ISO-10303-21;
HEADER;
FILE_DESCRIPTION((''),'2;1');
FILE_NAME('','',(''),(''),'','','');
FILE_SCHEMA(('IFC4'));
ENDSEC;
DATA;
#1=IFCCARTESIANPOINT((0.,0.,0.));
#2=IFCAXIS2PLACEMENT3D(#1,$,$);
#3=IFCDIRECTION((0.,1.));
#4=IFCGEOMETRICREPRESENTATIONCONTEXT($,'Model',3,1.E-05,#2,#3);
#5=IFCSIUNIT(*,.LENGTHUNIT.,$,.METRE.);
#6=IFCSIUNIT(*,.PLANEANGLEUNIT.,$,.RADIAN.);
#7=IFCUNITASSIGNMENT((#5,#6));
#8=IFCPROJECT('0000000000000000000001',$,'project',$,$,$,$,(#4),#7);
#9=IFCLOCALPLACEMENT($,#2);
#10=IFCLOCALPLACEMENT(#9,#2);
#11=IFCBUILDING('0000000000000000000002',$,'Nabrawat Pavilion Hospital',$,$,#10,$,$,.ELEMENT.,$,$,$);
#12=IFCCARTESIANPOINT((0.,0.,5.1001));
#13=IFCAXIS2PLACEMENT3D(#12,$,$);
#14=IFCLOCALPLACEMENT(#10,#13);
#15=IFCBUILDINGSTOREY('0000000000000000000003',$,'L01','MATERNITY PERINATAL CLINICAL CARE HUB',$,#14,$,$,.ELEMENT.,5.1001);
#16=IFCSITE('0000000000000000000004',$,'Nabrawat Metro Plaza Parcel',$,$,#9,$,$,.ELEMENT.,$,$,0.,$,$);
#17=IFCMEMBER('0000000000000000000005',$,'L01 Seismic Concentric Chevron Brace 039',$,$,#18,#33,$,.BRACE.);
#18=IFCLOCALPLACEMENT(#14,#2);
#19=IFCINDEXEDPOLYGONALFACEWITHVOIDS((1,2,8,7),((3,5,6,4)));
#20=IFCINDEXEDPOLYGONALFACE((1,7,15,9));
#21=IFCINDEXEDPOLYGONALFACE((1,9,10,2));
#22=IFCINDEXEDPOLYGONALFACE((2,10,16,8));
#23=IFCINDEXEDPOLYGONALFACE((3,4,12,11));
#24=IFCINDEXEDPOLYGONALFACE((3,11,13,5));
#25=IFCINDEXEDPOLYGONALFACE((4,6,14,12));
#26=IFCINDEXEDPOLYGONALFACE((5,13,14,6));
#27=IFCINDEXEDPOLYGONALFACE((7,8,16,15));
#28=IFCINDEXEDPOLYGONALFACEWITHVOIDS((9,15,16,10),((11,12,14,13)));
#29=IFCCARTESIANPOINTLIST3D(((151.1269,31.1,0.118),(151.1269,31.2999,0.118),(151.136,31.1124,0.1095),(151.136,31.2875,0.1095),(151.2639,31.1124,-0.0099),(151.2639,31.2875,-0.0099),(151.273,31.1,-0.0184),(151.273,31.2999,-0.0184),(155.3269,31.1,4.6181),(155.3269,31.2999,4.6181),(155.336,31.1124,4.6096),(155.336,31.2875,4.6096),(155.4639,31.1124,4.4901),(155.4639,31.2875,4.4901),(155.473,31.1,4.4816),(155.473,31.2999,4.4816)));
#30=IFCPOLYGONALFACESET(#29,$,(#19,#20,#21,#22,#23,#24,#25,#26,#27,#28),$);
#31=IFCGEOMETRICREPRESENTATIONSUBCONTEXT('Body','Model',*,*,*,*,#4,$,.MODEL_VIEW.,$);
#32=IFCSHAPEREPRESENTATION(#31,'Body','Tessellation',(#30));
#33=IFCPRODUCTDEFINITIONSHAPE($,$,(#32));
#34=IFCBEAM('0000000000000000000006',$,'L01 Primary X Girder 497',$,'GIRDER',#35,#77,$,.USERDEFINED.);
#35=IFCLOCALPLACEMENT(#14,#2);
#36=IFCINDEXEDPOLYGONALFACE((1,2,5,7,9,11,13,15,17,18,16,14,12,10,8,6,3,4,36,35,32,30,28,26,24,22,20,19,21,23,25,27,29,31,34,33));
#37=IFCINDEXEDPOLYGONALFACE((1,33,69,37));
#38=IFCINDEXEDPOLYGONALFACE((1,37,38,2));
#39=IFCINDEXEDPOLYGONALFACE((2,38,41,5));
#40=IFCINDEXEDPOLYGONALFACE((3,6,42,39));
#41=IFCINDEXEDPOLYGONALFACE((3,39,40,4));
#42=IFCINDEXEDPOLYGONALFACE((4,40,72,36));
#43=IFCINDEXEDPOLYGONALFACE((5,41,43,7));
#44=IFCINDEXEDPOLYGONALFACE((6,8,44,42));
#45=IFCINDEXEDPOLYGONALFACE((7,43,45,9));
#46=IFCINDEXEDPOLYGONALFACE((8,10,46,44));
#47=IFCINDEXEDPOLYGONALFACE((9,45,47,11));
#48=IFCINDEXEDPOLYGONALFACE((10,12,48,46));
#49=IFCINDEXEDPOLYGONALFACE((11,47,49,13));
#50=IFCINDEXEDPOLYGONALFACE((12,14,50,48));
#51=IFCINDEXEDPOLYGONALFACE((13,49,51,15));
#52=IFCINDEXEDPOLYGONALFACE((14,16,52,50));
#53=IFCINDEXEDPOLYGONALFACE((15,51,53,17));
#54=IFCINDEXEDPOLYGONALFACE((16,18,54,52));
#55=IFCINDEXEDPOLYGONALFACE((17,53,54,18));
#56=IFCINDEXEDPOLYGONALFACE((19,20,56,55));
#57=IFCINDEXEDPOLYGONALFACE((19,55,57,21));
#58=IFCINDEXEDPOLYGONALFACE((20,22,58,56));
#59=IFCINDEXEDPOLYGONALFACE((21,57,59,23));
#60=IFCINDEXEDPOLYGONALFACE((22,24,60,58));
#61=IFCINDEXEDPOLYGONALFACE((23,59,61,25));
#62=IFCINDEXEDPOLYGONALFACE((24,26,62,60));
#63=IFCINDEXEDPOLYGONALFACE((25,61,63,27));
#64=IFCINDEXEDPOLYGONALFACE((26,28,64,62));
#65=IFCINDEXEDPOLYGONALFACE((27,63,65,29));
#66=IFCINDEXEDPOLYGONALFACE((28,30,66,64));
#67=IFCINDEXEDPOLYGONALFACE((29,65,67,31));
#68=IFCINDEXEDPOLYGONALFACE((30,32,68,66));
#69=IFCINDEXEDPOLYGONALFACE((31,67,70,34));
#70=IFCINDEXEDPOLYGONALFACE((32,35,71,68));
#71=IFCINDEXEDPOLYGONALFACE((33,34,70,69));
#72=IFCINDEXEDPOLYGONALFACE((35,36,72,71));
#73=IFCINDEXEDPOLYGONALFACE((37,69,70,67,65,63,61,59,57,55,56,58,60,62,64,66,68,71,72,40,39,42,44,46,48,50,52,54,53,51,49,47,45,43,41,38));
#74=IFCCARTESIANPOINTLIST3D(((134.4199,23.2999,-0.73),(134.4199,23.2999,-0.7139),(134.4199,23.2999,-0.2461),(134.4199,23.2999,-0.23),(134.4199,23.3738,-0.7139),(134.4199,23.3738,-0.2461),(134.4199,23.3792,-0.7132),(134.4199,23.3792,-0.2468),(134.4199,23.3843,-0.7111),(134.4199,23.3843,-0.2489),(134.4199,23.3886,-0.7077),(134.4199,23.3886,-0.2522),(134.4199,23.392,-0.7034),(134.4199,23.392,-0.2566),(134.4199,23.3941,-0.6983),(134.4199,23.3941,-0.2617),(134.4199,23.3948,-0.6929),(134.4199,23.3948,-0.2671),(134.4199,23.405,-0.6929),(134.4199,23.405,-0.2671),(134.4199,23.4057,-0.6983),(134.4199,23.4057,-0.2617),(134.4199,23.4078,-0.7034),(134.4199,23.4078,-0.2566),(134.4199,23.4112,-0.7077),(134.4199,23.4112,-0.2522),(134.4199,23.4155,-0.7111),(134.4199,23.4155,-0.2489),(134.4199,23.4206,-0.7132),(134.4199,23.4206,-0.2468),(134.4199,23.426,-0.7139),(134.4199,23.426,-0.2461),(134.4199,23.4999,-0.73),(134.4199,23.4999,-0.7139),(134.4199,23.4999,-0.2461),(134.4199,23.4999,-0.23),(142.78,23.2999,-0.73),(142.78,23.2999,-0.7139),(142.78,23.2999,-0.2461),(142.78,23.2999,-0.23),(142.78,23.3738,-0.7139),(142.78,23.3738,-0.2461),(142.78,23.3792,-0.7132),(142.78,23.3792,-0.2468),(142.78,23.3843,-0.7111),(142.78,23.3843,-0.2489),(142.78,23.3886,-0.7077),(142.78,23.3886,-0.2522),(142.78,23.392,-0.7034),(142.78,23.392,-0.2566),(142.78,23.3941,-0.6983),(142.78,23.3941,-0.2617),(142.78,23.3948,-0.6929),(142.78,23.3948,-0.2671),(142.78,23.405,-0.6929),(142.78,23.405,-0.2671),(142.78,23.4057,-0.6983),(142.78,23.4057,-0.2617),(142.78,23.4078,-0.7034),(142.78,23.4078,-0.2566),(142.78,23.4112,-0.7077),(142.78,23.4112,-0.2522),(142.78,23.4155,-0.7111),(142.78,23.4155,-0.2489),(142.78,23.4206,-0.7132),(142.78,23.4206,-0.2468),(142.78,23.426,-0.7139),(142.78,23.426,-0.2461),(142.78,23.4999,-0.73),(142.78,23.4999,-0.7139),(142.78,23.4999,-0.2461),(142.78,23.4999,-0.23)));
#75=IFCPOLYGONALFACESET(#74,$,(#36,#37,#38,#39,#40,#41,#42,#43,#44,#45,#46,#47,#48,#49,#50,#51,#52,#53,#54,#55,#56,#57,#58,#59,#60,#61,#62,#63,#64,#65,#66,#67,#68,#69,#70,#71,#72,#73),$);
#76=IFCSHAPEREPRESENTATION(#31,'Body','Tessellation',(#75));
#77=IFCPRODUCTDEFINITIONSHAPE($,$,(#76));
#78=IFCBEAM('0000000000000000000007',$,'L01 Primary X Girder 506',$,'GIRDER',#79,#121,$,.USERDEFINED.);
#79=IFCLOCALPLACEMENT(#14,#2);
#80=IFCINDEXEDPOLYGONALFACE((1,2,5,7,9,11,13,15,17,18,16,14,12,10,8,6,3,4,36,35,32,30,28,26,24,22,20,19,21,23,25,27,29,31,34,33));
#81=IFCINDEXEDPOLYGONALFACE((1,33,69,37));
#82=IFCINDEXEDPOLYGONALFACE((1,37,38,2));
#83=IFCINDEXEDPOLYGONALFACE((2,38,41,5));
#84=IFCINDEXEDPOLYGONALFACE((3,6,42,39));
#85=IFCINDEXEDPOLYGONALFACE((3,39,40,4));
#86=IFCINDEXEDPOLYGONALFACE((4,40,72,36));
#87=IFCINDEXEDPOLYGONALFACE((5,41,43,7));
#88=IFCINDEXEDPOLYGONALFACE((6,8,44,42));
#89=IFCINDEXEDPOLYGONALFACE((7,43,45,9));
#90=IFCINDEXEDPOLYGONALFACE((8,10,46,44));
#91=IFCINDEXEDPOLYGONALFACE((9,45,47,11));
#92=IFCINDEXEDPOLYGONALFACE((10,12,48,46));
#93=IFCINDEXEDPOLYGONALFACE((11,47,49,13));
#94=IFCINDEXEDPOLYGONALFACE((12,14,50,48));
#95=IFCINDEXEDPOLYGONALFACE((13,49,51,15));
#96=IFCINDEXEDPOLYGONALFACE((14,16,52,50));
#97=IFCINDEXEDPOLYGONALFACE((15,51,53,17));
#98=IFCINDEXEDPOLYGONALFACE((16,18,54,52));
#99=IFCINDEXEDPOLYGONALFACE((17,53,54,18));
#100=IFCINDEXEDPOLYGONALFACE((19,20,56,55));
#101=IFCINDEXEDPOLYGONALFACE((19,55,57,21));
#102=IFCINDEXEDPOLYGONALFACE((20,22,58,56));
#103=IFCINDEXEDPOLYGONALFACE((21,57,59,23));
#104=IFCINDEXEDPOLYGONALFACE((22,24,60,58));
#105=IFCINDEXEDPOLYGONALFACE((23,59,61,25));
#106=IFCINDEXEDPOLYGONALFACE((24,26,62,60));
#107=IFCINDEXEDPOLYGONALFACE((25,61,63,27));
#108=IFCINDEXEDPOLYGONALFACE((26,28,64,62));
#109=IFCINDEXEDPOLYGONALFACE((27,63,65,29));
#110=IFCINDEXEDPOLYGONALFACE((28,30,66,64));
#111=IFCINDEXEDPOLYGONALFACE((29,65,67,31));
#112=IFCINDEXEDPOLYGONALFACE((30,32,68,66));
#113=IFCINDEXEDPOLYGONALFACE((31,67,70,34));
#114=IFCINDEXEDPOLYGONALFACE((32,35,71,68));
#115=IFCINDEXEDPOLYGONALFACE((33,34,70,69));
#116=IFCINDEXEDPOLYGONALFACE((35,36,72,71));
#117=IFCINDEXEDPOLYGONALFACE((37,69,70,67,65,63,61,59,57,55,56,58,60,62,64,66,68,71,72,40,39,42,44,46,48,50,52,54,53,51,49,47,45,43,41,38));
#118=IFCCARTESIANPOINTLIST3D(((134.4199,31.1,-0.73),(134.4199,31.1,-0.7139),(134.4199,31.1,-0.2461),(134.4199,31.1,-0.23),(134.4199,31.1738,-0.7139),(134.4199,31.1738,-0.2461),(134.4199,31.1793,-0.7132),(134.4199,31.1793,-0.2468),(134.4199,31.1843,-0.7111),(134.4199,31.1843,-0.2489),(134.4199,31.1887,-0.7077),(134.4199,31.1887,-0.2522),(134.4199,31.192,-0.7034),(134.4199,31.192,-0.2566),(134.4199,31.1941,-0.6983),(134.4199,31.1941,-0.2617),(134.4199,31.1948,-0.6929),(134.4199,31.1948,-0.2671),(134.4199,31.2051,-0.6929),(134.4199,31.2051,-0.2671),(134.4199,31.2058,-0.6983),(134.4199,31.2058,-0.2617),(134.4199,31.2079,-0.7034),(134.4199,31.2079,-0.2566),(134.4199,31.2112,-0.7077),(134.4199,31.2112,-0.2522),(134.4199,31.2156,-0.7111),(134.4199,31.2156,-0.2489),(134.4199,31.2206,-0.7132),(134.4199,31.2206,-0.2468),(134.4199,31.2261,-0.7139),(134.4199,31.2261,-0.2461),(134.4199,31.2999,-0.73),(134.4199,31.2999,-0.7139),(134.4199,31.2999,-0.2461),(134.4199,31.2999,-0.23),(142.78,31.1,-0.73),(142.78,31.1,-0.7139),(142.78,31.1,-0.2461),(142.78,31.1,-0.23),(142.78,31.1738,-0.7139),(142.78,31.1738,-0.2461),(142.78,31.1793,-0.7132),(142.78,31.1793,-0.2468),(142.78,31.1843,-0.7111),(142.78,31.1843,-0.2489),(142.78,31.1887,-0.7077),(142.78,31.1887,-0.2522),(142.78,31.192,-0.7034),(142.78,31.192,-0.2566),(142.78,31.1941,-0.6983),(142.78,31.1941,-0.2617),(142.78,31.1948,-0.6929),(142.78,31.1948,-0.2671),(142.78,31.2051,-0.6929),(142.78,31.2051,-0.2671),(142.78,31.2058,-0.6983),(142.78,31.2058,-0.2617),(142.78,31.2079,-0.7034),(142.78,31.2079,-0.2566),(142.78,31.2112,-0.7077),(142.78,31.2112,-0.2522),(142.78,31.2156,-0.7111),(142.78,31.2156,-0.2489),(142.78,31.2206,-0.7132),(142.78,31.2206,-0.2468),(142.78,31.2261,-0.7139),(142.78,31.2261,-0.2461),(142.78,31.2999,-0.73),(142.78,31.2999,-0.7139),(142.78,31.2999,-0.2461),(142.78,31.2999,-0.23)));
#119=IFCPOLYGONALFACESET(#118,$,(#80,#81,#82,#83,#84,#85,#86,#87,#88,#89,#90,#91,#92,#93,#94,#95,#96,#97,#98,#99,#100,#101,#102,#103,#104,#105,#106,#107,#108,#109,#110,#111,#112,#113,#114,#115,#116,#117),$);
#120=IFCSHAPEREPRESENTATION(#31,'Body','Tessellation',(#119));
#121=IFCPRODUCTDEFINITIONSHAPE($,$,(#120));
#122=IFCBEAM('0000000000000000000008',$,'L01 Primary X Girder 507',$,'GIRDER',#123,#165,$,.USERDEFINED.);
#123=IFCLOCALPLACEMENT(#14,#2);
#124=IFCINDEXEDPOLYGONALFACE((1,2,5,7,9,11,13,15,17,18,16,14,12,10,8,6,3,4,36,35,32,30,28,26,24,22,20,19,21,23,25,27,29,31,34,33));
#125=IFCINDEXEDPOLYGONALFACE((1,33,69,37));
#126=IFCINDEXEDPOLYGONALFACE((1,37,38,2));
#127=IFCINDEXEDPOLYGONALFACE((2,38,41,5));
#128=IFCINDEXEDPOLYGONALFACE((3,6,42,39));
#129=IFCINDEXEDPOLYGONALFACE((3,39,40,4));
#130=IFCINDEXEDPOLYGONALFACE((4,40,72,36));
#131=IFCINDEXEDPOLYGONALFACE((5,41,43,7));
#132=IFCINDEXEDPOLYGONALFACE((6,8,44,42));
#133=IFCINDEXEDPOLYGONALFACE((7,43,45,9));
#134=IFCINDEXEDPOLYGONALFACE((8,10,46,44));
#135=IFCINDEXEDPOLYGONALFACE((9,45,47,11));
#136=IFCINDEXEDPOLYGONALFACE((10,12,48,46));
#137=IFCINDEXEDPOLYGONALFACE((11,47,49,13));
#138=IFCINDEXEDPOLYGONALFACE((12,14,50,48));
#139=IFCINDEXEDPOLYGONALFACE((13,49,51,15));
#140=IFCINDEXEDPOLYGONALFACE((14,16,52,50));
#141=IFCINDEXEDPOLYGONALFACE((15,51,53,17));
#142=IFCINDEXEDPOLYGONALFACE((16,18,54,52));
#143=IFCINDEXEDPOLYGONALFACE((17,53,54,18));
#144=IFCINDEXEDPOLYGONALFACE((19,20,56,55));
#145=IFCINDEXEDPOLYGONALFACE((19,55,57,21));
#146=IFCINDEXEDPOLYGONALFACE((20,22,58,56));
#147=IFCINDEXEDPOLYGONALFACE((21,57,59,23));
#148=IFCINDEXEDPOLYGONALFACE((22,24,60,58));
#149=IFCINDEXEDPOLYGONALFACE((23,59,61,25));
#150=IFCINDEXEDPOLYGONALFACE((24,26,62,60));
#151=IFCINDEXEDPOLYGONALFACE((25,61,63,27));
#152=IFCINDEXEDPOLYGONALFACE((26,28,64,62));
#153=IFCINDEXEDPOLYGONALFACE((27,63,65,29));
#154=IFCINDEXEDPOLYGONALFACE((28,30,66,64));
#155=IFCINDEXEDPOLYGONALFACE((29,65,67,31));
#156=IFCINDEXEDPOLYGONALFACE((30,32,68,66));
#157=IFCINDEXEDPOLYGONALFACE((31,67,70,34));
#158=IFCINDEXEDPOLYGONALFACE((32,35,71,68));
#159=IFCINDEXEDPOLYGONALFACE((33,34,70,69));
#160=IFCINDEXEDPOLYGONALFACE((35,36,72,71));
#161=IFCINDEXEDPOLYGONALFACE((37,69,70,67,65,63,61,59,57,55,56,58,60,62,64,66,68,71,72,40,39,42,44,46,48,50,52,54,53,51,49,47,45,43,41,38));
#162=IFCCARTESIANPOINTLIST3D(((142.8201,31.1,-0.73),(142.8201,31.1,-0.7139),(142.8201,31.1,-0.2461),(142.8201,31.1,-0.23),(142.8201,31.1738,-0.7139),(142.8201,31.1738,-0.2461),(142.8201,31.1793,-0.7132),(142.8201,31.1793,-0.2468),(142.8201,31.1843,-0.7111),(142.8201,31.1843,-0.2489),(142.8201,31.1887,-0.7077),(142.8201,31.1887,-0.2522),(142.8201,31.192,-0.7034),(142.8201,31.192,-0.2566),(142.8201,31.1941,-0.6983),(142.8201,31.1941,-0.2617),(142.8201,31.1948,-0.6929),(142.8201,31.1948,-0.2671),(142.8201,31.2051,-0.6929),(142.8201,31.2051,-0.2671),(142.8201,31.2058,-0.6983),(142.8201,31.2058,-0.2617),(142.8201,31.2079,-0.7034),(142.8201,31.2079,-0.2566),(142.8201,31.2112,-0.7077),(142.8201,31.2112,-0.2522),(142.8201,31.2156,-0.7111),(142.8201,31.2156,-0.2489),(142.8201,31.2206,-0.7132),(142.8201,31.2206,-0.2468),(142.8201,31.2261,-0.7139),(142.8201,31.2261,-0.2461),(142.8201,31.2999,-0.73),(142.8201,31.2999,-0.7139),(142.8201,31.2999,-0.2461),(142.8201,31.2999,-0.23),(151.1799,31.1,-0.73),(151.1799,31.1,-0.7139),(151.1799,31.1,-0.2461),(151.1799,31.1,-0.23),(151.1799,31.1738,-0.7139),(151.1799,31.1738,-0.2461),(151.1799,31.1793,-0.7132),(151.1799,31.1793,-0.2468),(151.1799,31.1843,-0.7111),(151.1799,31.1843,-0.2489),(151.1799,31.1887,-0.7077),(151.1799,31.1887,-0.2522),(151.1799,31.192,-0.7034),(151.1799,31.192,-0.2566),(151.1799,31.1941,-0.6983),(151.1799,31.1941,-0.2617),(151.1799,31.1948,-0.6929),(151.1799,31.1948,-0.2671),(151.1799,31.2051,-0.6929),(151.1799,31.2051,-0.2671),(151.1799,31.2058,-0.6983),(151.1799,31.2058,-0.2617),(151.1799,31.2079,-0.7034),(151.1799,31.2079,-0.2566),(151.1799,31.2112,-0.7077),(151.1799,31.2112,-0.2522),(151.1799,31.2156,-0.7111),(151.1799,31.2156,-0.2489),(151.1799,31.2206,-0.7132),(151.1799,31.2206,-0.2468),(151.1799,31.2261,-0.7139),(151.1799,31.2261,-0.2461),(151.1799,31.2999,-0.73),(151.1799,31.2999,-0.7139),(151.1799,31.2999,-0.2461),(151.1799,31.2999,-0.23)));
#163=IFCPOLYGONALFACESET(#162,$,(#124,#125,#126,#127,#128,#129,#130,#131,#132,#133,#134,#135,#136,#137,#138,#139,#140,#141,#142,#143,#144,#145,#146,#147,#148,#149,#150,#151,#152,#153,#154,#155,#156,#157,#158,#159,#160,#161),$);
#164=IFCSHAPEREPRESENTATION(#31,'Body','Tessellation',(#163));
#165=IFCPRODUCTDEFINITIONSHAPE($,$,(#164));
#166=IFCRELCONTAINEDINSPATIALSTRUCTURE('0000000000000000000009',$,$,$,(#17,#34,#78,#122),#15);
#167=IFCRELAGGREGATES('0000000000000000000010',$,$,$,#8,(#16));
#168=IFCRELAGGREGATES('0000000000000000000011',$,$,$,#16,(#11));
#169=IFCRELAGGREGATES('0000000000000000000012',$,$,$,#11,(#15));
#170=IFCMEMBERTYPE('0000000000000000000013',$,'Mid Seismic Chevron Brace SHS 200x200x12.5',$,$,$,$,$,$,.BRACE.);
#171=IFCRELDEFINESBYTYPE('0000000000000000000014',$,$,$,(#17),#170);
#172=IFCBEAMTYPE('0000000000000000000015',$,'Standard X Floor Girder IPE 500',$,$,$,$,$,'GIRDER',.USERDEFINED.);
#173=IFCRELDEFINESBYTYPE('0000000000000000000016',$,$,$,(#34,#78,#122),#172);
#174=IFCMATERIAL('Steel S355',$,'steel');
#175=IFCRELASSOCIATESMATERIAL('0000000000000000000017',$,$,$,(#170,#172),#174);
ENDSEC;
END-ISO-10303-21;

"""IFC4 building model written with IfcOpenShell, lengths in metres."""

from ifc_helpers import new_model, si_unit, direction, frame, origin, origin_2d, place, context, subcontext, project, spatial, hollow_rectangle, i_section, extrude, material, material_profile, profile_set, type_object, element, save


model = new_model("IFC4")

# Units and contexts
model_context = context("Model", 3, precision=1e-05, world=origin(), true_north=direction((0.0, 1.0)))
body_context = subcontext(model_context, "Body", "Model", "MODEL_VIEW")
ifc_project = project(units=[si_unit("LENGTHUNIT", "METRE"), si_unit("PLANEANGLEUNIT", "RADIAN")], contexts=[model_context])

# Site, building, storey
site_placement = place(None, origin())
site = spatial("IfcSite", under=ifc_project, at=site_placement, Name="Nabrawat Metro Plaza Parcel", CompositionType="ELEMENT", RefElevation=0.0)
building_placement = place(site_placement, origin())
building = spatial("IfcBuilding", under=site, at=building_placement, Name="Nabrawat Pavilion Hospital", CompositionType="ELEMENT")
storey_placement = place(building_placement, frame((0.0, 0.0, 5.1001)))
storey = spatial("IfcBuildingStorey", under=building, at=storey_placement, Name="L01", Description="MATERNITY PERINATAL CLINICAL CARE HUB", CompositionType="ELEMENT", Elevation=5.1001)

# Shared definitions
ifc_material_1 = material(Name="Steel S355", Category="steel")

# Member
ifc_material_profile_1 = material_profile(ifc_material_1, hollow_rectangle(XDim=0.2, YDim=0.2, WallThickness=0.0125, at=origin_2d()), Name="SHS 200x200x12.5")
ifc_profile_set_1 = profile_set([ifc_material_profile_1], Name="Steel S355")
member_type = type_object("IfcMemberType", Name="Mid Seismic Chevron Brace SHS 200x200x12.5", PredefinedType="BRACE", material=ifc_profile_set_1)
member_placement = place(storey_placement, frame((151.2, 31.2, 0.0498), z_axis=(0.682314, 0.0, 0.731059), x_axis=(0.0, 1.0, 0.0)))
element("IfcMember", 1, at=member_placement, inside=storey, type_object=member_type, Name="L01 Seismic Concentric Chevron Brace 039", PredefinedType="BRACE", context=body_context, shape_type="SweptSolid", body=[
    extrude(hollow_rectangle(XDim=0.2, YDim=0.2, WallThickness=0.0125, at=origin_2d()), origin(), (0.0, 0.0, 1.0), 6.1555),
])

# Beams
ifc_material_profile_2 = material_profile(ifc_material_1, i_section(OverallWidth=0.2, OverallDepth=0.5, WebThickness=0.0103, FlangeThickness=0.0161, FilletRadius=0.021, at=origin_2d()), Name="IPE 500")
ifc_profile_set_2 = profile_set([ifc_material_profile_2], Name="Steel S355")
beam_type_1 = type_object("IfcBeamType", Name="Standard X Floor Girder IPE 500", ElementType="GIRDER", PredefinedType="USERDEFINED", material=ifc_profile_set_2)
for number, where, z_axis, x_axis, name in (
    (2, (134.4199, 23.3999, -0.48), (1.0, 0.0, 0.0), (0.0, 1.0, 0.0), "L01 Primary X Girder 497"),
    (3, (134.4199, 31.2, -0.48), (1.0, 0.0, 0.0), (0.0, 1.0, 0.0), "L01 Primary X Girder 506"),
):
    element("IfcBeam", number, at=place(storey_placement, frame(where, z_axis=z_axis, x_axis=x_axis)), inside=storey, type_object=beam_type_1, Name=name, ObjectType="GIRDER", PredefinedType="USERDEFINED", context=body_context, shape_type="SweptSolid", body=[
        extrude(i_section(OverallWidth=0.2, OverallDepth=0.5, WebThickness=0.0103, FlangeThickness=0.0161, FilletRadius=0.021, at=origin_2d()), origin(), (0.0, 0.0, 1.0), 8.3601),
    ])
beam_1_placement = place(storey_placement, frame((142.8201, 31.2, -0.48), z_axis=(1.0, 0.0, 0.0), x_axis=(0.0, 1.0, 0.0)))
element("IfcBeam", 4, at=beam_1_placement, inside=storey, type_object=beam_type_1, Name="L01 Primary X Girder 507", ObjectType="GIRDER", PredefinedType="USERDEFINED", context=body_context, shape_type="SweptSolid", body=[
    extrude(i_section(OverallWidth=0.2, OverallDepth=0.5, WebThickness=0.0103, FlangeThickness=0.0161, FilletRadius=0.021, at=origin_2d()), origin(), (0.0, 0.0, 1.0), 8.3599),
])

save(model, "model.ifc")
